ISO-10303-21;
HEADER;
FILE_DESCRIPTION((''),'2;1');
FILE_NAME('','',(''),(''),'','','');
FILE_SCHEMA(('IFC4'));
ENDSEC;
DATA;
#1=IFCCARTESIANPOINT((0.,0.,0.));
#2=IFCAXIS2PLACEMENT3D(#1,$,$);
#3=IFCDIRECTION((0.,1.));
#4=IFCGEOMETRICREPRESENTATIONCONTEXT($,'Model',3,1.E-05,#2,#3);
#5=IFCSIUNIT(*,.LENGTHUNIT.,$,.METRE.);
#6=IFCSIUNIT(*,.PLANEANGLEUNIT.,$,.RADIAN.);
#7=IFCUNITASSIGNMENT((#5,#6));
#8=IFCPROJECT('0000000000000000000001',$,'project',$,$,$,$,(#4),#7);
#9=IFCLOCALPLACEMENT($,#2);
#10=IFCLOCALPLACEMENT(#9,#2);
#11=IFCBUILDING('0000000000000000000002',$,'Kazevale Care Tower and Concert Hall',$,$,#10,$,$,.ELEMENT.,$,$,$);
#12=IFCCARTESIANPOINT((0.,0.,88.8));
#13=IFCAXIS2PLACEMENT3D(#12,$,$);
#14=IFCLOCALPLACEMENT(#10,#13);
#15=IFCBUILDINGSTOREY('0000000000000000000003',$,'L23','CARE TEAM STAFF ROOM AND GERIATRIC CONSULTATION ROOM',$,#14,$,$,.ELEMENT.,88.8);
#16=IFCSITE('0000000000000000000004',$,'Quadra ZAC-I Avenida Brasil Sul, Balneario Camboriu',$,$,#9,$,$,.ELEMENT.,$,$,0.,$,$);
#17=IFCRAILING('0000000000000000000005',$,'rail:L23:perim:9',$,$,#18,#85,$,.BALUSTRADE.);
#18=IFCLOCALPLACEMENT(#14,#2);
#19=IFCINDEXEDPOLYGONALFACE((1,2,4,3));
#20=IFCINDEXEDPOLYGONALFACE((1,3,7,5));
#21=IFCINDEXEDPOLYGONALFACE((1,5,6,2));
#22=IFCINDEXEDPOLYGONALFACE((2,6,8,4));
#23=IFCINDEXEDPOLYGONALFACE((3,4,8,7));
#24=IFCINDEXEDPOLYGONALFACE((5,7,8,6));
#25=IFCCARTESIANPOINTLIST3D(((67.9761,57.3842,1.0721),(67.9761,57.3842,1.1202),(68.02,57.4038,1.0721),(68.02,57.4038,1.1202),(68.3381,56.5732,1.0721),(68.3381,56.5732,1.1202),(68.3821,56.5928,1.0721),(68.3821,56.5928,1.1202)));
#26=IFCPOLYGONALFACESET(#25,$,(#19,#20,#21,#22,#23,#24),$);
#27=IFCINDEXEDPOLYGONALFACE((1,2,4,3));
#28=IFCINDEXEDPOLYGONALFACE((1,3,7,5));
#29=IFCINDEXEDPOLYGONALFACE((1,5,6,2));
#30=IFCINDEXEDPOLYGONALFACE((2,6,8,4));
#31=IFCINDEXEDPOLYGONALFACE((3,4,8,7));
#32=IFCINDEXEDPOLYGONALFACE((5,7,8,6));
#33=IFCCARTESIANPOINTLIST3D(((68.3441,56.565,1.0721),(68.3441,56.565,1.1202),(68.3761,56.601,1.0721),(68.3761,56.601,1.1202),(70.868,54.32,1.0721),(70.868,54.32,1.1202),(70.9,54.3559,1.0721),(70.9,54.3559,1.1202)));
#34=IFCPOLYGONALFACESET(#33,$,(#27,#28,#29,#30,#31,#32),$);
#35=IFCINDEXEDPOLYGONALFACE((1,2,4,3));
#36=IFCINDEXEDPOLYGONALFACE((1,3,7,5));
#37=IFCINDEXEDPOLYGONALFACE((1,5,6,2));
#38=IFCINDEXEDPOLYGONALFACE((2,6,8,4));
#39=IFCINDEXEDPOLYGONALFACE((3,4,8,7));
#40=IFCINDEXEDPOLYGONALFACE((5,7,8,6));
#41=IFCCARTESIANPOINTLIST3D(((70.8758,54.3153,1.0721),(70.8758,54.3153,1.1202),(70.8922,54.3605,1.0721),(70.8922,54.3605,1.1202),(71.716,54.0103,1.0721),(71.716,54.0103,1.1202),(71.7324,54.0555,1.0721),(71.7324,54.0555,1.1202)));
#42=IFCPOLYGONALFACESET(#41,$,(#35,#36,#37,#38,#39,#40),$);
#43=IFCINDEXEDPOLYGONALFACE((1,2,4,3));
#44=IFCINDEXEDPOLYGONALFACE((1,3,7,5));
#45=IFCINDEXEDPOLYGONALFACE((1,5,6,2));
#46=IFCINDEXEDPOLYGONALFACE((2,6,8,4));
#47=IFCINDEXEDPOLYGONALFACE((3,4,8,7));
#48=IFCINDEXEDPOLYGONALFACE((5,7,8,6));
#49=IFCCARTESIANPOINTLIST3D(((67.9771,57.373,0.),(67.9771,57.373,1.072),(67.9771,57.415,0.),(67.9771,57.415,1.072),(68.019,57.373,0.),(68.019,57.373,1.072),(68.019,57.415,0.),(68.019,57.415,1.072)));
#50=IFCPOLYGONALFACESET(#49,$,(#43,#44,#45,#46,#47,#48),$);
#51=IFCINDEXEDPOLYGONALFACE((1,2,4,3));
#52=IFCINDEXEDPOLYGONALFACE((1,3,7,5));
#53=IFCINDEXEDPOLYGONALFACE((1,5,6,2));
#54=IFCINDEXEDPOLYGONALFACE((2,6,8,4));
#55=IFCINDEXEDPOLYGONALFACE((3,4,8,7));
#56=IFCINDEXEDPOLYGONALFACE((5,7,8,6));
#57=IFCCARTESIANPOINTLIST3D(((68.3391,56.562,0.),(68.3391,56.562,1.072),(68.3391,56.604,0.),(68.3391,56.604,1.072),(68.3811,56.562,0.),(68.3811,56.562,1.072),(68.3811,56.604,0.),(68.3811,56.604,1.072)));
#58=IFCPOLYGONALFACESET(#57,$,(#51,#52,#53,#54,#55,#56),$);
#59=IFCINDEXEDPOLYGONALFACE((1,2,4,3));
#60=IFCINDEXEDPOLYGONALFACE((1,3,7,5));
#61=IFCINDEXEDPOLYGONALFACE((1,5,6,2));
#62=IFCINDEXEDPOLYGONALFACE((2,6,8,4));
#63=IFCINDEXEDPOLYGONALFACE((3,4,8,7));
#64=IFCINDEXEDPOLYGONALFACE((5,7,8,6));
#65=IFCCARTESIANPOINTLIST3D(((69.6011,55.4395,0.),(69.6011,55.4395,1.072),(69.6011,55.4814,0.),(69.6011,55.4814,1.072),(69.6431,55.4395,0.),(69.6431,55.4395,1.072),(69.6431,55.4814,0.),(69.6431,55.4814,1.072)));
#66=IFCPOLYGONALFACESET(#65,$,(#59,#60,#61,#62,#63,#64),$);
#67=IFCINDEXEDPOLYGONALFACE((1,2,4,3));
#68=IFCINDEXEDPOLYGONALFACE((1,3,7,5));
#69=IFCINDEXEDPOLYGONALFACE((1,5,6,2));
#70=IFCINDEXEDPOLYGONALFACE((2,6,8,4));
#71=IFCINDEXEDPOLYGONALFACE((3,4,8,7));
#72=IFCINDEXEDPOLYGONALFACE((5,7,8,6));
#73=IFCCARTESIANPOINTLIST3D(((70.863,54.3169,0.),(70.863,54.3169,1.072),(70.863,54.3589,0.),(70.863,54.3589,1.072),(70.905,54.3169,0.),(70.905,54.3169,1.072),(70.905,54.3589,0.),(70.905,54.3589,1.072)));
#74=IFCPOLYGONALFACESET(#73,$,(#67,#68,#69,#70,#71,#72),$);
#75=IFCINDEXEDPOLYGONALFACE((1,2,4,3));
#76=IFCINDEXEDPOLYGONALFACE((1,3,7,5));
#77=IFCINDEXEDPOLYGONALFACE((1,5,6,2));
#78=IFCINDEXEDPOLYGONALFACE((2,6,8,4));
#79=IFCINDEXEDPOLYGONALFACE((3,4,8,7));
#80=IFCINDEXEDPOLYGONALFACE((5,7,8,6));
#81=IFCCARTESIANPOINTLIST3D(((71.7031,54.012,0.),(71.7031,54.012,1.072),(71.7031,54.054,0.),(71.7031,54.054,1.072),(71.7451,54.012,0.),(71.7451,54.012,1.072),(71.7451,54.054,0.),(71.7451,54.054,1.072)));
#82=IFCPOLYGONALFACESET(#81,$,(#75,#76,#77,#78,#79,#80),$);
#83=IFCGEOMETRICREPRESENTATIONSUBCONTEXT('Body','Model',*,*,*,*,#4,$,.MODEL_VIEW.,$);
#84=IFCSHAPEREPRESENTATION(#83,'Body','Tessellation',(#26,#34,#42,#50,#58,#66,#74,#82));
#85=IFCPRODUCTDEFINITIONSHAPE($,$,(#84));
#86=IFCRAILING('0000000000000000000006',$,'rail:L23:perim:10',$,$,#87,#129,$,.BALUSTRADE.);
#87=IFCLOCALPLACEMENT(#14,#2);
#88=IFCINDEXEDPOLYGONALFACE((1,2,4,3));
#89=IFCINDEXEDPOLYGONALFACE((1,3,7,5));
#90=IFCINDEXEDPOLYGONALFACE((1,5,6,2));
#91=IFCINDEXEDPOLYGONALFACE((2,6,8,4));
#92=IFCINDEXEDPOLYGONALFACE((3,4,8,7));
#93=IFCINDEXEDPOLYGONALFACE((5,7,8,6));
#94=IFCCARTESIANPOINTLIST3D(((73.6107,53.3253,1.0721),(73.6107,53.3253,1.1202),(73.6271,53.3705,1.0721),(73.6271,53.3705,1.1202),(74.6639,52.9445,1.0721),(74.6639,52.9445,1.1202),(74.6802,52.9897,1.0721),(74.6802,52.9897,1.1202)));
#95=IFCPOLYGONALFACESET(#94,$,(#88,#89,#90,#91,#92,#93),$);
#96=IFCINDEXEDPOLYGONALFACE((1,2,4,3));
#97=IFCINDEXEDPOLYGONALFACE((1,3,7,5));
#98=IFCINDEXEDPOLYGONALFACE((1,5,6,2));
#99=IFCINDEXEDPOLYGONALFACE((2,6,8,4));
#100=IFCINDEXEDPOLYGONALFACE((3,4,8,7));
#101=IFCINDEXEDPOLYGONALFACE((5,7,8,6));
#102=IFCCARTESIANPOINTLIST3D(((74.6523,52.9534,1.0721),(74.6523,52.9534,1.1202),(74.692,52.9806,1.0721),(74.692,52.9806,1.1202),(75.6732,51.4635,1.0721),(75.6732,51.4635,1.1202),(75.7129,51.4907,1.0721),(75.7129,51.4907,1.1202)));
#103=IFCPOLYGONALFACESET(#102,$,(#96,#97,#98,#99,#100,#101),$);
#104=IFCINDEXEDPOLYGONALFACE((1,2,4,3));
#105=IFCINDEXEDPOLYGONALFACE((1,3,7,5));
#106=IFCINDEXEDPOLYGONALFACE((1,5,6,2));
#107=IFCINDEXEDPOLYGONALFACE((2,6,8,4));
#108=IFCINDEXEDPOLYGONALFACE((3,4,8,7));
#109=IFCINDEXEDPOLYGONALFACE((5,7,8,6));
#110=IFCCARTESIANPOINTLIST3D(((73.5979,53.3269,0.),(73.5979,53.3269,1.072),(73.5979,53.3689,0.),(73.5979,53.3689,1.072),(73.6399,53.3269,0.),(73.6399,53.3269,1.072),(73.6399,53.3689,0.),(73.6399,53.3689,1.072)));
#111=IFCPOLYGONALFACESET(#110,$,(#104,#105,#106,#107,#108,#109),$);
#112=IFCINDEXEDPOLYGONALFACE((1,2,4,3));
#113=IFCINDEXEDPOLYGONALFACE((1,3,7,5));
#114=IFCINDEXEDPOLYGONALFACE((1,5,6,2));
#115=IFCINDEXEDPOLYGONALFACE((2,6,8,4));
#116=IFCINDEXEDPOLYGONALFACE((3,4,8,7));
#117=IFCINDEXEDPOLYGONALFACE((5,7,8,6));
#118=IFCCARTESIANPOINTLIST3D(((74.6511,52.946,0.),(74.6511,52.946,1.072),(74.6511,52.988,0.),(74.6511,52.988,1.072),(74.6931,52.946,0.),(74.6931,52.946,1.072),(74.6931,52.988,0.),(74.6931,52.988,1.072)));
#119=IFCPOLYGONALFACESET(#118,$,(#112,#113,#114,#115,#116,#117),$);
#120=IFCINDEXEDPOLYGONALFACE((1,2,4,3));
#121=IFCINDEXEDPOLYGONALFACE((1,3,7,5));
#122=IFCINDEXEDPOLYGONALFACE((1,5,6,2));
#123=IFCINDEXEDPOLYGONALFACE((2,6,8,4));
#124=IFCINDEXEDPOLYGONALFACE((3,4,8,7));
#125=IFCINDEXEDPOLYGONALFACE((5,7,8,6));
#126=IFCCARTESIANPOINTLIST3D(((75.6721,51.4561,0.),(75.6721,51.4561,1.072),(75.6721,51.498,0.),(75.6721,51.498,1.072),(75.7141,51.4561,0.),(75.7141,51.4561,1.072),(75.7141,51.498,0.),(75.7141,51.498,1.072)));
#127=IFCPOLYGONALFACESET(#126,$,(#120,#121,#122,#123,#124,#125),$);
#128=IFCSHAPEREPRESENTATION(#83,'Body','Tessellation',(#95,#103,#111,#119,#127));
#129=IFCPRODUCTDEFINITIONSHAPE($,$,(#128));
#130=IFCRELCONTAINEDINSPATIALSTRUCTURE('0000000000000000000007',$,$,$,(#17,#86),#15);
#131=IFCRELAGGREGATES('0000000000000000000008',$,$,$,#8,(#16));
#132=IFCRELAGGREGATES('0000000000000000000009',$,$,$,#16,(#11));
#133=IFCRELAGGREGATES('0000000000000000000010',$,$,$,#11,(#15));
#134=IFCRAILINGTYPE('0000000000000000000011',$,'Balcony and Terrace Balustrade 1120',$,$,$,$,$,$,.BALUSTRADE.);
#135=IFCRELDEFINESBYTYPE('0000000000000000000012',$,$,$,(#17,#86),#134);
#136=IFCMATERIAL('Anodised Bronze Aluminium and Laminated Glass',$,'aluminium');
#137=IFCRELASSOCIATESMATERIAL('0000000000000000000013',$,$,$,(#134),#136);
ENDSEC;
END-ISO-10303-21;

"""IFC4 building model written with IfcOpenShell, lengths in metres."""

from ifc_helpers import new_model, si_unit, direction, frame, origin, origin_2d, place, context, subcontext, project, spatial, rectangle, extrude, material, type_object, element, save


model = new_model("IFC4")

# Units and contexts
model_context = context("Model", 3, precision=1e-05, world=origin(), true_north=direction((0.0, 1.0)))
body_context = subcontext(model_context, "Body", "Model", "MODEL_VIEW")
ifc_project = project(units=[si_unit("LENGTHUNIT", "METRE"), si_unit("PLANEANGLEUNIT", "RADIAN")], contexts=[model_context])

# Site, building, storey
site_placement = place(None, origin())
site = spatial("IfcSite", under=ifc_project, at=site_placement, Name="Quadra ZAC-I Avenida Brasil Sul, Balneario Camboriu", CompositionType="ELEMENT", RefElevation=0.0)
building_placement = place(site_placement, origin())
building = spatial("IfcBuilding", under=site, at=building_placement, Name="Kazevale Care Tower and Concert Hall", CompositionType="ELEMENT")
storey_placement = place(building_placement, frame((0.0, 0.0, 88.8)))
storey = spatial("IfcBuildingStorey", under=building, at=storey_placement, Name="L23", Description="CARE TEAM STAFF ROOM AND GERIATRIC CONSULTATION ROOM", CompositionType="ELEMENT", Elevation=88.8)

# Railings
ifc_material_1 = material(Name="Anodised Bronze Aluminium and Laminated Glass", Category="aluminium")
railing_type = type_object("IfcRailingType", Name="Balcony and Terrace Balustrade 1120", PredefinedType="BALUSTRADE", material=ifc_material_1)
railing_1_placement = place(storey_placement, frame((67.998, 57.394, 0.0)))
element("IfcRailing", 1, at=railing_1_placement, inside=storey, type_object=railing_type, Name="rail:L23:perim:9", PredefinedType="BALUSTRADE", context=body_context, shape_type="SweptSolid", body=[
    extrude(rectangle(XDim=0.0481, YDim=0.0481, at=origin_2d()), frame((0.0, 0.0, 1.0962), z_axis=(0.407643, -0.913142, 0.0), x_axis=(0.913142, 0.407643, 0.0)), (0.0, 0.0, 1.0), 0.8882),
    extrude(rectangle(XDim=0.0481, YDim=0.0481, at=origin_2d()), frame((0.3621, -0.811, 1.0962), z_axis=(0.74717, -0.664633, 0.0), x_axis=(0.664633, 0.74717, 0.0)), (0.0, 0.0, 1.0), 3.3779),
    extrude(rectangle(XDim=0.0481, YDim=0.0481, at=origin_2d()), frame((2.886, -3.0562, 1.0962), z_axis=(0.939993, -0.341195, 0.0), x_axis=(0.341195, 0.939993, 0.0)), (0.0, 0.0, 1.0), 0.8938),
    extrude(rectangle(XDim=0.042, YDim=0.042, at=origin_2d()), origin(), (0.0, 0.0, 1.0), 1.072),
    extrude(rectangle(XDim=0.042, YDim=0.042, at=origin_2d()), frame((0.3621, -0.811, 0.0)), (0.0, 0.0, 1.0), 1.072),
    extrude(rectangle(XDim=0.042, YDim=0.042, at=origin_2d()), frame((1.624, -1.9336, 0.0)), (0.0, 0.0, 1.0), 1.072),
    extrude(rectangle(XDim=0.042, YDim=0.042, at=origin_2d()), frame((2.886, -3.0562, 0.0)), (0.0, 0.0, 1.0), 1.072),
    extrude(rectangle(XDim=0.042, YDim=0.042, at=origin_2d()), frame((3.7261, -3.3611, 0.0)), (0.0, 0.0, 1.0), 1.072),
])
railing_2_placement = place(storey_placement, frame((73.6189, 53.3479, 0.0)))
element("IfcRailing", 2, at=railing_2_placement, inside=storey, type_object=railing_type, Name="rail:L23:perim:10", PredefinedType="BALUSTRADE", context=body_context, shape_type="SweptSolid", body=[
    extrude(rectangle(XDim=0.0481, YDim=0.0481, at=origin_2d()), frame((0.0, 0.0, 1.0962), z_axis=(0.940403, -0.340062, 0.0), x_axis=(0.340062, 0.940403, 0.0)), (0.0, 0.0, 1.0), 1.1199),
    extrude(rectangle(XDim=0.0481, YDim=0.0481, at=origin_2d()), frame((1.0532, -0.3809, 1.0962), z_axis=(0.56526, -0.824913, 0.0), x_axis=(0.824913, 0.56526, 0.0)), (0.0, 0.0, 1.0), 1.8062),
    extrude(rectangle(XDim=0.042, YDim=0.042, at=origin_2d()), origin(), (0.0, 0.0, 1.0), 1.072),
    extrude(rectangle(XDim=0.042, YDim=0.042, at=origin_2d()), frame((1.0532, -0.3809, 0.0)), (0.0, 0.0, 1.0), 1.072),
    extrude(rectangle(XDim=0.042, YDim=0.042, at=origin_2d()), frame((2.0742, -1.8708, 0.0)), (0.0, 0.0, 1.0), 1.072),
])

save(model, "model.ifc")
